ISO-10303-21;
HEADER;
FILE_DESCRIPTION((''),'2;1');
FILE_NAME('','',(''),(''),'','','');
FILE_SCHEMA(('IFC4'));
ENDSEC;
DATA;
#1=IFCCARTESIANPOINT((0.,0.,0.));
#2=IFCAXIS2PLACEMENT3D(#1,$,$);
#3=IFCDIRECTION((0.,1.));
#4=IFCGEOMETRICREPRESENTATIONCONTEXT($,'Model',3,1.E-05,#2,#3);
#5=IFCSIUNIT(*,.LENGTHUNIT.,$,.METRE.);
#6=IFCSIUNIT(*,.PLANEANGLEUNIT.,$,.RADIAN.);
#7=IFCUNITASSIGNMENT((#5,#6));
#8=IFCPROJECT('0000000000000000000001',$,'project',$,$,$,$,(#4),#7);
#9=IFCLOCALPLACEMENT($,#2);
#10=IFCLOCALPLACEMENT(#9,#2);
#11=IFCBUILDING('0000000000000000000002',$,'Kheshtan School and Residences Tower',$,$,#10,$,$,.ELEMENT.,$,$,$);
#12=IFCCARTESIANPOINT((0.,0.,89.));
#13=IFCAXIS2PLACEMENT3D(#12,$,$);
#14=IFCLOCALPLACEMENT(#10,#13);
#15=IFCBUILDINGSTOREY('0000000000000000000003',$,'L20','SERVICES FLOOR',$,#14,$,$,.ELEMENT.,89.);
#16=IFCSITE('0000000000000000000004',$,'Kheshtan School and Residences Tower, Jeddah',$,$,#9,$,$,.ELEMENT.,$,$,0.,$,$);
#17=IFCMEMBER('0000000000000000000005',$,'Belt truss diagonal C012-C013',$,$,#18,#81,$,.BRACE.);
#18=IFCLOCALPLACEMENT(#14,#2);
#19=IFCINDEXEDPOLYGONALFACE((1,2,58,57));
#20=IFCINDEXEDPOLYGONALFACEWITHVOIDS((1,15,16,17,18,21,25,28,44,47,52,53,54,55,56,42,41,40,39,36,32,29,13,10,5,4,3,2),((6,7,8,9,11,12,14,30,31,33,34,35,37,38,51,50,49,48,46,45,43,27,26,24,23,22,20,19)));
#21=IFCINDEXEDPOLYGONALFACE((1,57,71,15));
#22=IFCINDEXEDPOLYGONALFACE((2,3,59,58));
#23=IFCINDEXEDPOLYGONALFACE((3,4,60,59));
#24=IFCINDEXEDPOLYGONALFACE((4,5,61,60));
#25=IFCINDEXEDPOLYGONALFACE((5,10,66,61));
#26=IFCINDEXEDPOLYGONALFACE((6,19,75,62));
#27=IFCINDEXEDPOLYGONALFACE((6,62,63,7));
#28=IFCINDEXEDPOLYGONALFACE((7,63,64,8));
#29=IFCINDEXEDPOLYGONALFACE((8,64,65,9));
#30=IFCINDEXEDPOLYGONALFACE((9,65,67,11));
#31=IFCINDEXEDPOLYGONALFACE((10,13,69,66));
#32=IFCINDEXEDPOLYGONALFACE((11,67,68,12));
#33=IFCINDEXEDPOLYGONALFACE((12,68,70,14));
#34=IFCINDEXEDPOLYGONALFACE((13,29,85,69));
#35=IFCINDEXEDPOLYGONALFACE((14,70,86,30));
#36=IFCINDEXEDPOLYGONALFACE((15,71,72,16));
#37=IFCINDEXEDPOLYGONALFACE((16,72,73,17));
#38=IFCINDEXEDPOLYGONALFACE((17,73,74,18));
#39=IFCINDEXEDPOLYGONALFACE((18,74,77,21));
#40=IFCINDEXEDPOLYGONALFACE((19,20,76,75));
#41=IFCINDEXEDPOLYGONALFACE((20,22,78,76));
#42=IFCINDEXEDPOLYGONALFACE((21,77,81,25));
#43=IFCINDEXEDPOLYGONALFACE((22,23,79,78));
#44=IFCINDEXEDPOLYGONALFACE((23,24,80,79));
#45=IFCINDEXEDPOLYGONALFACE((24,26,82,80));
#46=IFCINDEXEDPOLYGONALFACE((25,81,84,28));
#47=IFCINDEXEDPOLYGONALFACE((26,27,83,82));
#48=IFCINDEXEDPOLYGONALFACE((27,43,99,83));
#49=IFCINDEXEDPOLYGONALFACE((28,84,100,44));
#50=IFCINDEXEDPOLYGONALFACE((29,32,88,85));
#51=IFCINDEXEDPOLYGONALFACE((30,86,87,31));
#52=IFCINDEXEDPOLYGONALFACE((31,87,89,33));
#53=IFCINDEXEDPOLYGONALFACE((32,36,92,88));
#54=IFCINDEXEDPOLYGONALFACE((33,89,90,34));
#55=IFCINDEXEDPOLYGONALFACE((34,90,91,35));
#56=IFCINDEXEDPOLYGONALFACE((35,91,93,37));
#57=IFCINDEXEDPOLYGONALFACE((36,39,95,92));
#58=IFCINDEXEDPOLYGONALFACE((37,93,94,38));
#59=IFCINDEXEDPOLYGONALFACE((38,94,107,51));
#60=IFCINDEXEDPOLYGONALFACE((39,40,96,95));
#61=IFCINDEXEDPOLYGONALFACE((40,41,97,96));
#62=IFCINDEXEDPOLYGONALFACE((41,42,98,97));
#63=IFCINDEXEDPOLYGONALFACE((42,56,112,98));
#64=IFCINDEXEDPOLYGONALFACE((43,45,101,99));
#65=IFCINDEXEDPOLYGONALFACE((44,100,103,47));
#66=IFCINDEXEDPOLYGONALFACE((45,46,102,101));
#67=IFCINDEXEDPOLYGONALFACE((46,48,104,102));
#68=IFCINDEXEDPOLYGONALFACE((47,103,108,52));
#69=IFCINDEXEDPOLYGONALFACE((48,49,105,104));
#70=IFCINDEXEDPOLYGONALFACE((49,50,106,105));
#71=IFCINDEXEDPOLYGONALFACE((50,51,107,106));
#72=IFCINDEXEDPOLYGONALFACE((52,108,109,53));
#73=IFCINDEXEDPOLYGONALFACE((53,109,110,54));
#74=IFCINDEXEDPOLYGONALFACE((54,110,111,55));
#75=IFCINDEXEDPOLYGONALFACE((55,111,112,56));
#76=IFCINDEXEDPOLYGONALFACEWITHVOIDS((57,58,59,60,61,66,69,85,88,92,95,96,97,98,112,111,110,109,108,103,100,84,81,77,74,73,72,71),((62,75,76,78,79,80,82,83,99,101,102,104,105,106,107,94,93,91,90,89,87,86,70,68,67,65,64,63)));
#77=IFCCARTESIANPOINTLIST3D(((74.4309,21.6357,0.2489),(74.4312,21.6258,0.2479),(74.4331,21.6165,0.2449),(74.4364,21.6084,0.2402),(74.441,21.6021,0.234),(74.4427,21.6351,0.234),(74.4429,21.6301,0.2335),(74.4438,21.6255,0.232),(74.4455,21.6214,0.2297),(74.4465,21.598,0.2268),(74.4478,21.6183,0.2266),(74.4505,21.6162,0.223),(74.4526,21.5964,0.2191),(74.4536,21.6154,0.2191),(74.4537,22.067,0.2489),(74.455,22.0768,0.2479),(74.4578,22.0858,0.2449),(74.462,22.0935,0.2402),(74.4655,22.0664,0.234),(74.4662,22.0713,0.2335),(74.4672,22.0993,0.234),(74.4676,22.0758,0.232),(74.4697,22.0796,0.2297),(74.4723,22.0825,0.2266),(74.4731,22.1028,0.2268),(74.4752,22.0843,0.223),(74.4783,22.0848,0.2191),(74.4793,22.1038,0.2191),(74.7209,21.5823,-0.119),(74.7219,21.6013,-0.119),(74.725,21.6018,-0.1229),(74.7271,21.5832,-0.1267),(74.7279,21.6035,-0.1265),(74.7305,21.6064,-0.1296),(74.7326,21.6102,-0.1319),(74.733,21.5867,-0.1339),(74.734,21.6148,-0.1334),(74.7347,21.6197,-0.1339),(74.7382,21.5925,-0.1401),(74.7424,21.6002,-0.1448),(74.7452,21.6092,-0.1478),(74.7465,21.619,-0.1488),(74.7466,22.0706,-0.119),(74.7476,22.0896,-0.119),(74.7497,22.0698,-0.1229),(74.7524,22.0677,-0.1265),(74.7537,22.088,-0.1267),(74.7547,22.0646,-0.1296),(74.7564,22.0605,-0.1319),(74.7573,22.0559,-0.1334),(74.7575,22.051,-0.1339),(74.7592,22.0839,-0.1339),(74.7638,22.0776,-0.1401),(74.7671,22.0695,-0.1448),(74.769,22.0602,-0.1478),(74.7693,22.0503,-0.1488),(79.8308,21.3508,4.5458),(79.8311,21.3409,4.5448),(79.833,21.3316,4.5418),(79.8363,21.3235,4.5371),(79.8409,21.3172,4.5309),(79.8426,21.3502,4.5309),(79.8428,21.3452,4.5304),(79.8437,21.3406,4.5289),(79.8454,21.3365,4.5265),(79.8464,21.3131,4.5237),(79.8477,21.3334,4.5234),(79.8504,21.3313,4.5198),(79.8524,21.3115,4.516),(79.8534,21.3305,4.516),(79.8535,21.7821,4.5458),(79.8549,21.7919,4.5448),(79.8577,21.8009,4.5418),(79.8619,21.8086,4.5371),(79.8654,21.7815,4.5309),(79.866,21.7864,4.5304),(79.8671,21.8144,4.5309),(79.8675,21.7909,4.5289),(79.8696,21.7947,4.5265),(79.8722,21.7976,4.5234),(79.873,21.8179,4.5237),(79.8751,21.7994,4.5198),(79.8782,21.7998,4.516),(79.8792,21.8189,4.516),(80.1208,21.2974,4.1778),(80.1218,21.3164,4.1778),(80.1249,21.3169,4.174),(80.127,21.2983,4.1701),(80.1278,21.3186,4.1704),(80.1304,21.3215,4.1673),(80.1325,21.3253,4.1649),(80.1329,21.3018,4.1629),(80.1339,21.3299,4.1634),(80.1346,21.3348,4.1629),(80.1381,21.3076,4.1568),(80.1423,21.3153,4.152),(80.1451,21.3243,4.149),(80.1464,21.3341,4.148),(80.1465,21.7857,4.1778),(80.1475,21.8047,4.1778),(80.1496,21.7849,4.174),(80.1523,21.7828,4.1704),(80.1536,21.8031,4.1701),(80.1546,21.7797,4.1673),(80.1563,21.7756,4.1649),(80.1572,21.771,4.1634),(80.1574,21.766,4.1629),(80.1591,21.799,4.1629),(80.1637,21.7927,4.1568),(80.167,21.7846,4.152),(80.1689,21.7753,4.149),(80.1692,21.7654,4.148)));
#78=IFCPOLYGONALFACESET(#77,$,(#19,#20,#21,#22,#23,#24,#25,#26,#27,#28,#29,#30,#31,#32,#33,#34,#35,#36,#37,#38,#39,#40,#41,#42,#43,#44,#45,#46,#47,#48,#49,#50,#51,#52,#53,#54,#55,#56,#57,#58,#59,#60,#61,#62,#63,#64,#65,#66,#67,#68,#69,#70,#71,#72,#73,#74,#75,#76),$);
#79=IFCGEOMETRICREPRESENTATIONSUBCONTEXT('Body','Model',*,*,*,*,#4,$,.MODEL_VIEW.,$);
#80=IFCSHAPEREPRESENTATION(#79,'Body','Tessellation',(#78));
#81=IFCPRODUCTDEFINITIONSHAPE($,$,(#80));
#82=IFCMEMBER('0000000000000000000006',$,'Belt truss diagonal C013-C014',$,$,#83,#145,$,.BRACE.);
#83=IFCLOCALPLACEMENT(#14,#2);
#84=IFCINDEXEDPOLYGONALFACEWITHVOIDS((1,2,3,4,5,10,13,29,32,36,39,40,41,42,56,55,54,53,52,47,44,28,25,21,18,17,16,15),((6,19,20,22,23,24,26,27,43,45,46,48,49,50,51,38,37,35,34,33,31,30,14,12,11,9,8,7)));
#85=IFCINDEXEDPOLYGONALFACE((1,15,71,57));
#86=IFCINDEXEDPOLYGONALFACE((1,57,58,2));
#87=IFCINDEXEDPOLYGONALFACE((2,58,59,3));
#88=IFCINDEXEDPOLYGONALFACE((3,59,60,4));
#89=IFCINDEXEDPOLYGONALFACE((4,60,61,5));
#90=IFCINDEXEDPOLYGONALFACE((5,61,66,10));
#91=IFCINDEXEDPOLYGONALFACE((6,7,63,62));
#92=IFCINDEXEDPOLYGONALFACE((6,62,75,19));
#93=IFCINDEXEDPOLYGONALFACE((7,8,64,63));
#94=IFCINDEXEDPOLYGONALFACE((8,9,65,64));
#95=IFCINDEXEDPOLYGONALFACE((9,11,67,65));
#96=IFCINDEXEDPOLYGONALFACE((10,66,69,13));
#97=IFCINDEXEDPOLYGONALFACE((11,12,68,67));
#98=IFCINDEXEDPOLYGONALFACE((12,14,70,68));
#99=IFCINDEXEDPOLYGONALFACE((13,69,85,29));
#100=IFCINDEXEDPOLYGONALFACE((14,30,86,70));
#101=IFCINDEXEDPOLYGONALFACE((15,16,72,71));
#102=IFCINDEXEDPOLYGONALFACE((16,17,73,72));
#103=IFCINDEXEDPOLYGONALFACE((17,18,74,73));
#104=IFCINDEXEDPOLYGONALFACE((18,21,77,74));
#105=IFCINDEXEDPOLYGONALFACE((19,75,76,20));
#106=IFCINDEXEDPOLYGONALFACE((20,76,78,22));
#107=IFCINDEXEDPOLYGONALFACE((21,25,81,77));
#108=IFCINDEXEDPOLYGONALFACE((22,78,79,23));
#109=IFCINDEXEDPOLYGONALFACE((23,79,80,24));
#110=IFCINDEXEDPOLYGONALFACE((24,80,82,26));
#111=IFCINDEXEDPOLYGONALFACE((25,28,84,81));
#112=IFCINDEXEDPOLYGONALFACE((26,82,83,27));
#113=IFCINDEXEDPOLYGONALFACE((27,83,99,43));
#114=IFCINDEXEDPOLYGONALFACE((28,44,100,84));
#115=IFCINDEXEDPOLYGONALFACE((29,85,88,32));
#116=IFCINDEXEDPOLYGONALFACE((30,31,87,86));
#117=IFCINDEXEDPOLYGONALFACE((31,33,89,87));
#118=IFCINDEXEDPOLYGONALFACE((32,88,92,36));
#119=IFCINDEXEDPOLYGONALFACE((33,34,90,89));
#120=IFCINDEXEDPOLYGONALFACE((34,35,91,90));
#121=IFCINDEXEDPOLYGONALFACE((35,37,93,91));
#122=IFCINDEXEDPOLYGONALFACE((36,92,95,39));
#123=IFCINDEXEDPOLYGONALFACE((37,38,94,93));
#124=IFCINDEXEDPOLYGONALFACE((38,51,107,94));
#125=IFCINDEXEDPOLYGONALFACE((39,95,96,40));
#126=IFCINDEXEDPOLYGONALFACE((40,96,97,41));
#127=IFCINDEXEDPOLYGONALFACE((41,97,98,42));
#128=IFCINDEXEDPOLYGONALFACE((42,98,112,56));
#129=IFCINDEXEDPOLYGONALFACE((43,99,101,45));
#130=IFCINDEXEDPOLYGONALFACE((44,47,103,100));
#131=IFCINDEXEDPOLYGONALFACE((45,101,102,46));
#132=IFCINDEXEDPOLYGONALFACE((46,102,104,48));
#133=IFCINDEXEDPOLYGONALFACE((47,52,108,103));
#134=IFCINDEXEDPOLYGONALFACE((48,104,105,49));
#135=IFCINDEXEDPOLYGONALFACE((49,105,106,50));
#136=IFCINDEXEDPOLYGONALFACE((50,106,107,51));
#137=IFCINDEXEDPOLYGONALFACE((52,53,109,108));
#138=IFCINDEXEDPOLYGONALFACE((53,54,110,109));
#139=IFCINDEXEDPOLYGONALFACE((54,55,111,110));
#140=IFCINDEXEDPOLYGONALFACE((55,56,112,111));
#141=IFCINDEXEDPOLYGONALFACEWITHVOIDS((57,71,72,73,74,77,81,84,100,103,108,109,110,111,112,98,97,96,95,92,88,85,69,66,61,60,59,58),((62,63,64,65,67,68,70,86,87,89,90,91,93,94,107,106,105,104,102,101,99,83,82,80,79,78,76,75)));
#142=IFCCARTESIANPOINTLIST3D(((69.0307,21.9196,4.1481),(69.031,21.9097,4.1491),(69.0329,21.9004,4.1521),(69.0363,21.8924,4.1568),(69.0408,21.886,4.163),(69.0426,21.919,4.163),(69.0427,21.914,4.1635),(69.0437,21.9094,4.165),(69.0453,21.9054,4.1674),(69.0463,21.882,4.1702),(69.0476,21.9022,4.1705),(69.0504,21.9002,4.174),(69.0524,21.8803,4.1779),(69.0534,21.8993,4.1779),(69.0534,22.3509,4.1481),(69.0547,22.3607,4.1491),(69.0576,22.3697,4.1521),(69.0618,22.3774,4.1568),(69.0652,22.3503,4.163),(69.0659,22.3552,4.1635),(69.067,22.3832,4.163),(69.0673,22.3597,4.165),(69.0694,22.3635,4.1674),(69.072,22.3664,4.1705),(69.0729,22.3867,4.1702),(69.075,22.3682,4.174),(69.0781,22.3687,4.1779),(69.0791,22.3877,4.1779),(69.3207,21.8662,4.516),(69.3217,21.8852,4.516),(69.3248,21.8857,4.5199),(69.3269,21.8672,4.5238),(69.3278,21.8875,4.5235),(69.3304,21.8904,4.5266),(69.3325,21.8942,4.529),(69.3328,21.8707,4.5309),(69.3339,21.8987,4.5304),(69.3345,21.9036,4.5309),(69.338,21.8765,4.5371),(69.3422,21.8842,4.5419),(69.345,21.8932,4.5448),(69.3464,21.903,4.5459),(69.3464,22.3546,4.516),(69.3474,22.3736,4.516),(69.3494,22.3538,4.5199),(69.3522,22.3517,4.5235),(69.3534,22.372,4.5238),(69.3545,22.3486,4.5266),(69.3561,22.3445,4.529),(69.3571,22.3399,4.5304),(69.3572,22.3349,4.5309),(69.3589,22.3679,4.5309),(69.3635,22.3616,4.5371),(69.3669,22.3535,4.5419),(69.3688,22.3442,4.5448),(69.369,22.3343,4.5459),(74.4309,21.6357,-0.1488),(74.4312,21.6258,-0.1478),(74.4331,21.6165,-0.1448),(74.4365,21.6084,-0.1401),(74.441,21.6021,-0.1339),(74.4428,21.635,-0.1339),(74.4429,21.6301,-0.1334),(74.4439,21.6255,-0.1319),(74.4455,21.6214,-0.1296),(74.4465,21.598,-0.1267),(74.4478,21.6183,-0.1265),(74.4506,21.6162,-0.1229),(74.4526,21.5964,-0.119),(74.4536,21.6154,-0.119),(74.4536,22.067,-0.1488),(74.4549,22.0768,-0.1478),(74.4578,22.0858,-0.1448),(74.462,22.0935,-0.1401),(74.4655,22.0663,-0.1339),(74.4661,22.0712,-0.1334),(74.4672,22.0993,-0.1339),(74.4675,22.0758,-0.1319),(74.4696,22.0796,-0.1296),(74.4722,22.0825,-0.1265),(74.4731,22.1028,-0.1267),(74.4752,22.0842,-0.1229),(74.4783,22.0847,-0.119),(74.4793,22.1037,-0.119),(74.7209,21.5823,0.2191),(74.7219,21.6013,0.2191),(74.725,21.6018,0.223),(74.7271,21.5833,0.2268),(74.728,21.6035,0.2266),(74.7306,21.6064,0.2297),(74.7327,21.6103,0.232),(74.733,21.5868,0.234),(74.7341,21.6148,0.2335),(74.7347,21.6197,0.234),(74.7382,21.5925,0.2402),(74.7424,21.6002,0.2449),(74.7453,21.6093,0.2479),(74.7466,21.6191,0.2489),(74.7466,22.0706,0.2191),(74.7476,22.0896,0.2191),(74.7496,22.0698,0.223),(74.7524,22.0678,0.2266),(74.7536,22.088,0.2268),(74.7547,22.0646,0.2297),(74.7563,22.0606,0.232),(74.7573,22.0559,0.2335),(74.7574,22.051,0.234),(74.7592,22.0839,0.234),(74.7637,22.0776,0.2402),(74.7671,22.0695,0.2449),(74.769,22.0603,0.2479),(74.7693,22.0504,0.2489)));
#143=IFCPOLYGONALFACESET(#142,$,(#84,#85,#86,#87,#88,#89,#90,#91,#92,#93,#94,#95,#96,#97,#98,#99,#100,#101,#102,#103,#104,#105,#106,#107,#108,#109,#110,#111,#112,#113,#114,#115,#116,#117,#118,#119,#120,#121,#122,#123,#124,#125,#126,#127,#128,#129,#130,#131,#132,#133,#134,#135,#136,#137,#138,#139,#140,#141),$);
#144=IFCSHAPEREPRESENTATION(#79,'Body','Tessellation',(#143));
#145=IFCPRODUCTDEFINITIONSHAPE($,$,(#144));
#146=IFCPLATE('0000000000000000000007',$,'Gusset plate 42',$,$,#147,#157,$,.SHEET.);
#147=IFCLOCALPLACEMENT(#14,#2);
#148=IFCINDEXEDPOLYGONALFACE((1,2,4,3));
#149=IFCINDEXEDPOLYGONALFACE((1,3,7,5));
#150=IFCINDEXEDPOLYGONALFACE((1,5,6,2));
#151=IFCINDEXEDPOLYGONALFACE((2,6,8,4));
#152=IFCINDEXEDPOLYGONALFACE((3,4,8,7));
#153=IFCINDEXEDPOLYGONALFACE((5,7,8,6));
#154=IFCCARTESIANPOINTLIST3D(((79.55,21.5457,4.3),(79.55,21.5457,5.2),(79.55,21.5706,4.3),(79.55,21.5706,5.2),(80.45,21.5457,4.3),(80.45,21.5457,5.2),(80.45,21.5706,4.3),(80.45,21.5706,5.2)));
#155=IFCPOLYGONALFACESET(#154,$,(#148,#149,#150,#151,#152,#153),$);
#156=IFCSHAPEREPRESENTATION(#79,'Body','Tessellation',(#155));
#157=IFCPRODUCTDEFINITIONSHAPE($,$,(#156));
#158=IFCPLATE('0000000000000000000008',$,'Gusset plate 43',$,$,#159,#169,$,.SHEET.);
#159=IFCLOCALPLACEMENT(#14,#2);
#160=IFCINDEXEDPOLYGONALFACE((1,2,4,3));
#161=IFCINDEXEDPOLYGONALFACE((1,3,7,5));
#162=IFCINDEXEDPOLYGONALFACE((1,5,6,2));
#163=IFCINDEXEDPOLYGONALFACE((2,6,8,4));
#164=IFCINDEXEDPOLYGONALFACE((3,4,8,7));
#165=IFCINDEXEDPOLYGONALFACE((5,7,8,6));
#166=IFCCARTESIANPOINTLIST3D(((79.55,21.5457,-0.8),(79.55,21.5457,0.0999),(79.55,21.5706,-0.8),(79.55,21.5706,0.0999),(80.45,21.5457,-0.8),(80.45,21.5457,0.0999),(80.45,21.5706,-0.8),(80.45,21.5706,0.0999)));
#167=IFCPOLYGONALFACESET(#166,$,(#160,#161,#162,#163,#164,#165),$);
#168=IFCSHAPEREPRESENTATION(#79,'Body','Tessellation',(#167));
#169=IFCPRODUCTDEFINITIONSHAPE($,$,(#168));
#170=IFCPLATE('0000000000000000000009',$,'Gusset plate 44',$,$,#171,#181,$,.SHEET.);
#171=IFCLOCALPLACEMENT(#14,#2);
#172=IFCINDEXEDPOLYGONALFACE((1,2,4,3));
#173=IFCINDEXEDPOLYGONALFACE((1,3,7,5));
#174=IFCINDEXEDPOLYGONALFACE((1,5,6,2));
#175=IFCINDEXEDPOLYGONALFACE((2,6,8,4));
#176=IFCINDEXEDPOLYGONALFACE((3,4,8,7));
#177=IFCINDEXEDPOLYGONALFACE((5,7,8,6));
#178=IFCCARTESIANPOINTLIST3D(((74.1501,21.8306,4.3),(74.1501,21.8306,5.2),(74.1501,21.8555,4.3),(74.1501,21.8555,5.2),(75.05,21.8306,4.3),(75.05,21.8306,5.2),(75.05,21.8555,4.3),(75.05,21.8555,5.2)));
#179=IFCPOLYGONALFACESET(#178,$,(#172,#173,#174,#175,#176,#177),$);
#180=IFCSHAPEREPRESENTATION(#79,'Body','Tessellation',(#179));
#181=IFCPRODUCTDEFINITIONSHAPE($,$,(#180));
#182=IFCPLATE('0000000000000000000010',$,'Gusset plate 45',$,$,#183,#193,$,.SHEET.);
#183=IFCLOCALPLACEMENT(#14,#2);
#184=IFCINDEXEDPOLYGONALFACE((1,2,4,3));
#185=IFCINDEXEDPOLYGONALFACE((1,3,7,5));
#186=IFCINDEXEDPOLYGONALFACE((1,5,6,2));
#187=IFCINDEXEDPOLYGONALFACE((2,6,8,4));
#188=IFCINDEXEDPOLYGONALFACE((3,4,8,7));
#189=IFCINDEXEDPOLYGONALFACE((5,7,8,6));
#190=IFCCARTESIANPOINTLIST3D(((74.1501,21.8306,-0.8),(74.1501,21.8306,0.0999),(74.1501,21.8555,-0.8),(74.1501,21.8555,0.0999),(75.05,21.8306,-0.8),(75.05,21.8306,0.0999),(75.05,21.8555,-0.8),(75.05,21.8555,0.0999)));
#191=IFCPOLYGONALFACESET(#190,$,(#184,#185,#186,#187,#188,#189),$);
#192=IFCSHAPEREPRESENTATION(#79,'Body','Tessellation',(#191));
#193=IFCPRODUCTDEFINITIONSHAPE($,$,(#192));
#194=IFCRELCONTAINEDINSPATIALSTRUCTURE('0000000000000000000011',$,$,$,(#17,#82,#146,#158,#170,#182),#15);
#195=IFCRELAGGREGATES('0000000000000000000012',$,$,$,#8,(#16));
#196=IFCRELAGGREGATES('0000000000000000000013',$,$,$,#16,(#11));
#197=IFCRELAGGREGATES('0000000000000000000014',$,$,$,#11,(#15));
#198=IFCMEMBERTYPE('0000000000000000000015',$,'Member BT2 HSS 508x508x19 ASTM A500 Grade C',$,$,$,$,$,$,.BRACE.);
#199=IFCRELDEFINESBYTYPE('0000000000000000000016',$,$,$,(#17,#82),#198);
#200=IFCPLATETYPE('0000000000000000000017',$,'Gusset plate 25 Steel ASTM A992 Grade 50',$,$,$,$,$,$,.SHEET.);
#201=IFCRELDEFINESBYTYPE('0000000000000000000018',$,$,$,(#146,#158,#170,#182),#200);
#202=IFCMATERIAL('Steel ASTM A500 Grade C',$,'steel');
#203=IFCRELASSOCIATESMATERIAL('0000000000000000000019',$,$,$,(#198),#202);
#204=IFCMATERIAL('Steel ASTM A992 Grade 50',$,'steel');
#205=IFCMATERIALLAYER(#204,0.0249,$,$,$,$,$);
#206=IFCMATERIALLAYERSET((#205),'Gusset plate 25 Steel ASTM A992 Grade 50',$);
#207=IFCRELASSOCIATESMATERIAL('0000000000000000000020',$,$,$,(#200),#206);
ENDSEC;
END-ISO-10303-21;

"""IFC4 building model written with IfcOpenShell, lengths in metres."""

from ifc_helpers import new_model, si_unit, direction, frame, origin, origin_2d, place, context, subcontext, project, spatial, rectangle, hollow_rectangle, extrude, material, layer, layer_set, material_profile, profile_set, type_object, element, save


model = new_model("IFC4")

# Units and contexts
model_context = context("Model", 3, precision=1e-05, world=origin(), true_north=direction((0.0, 1.0)))
body_context = subcontext(model_context, "Body", "Model", "MODEL_VIEW")
ifc_project = project(units=[si_unit("LENGTHUNIT", "METRE"), si_unit("PLANEANGLEUNIT", "RADIAN")], contexts=[model_context])

# Site, building, storey
site_placement = place(None, origin())
site = spatial("IfcSite", under=ifc_project, at=site_placement, Name="Kheshtan School and Residences Tower, Jeddah", CompositionType="ELEMENT", RefElevation=0.0)
building_placement = place(site_placement, origin())
building = spatial("IfcBuilding", under=site, at=building_placement, Name="Kheshtan School and Residences Tower", CompositionType="ELEMENT")
storey_placement = place(building_placement, frame((0.0, 0.0, 89.0)))
storey = spatial("IfcBuildingStorey", under=building, at=storey_placement, Name="L20", Description="SERVICES FLOOR", CompositionType="ELEMENT", Elevation=89.0)

# Shared definitions
ifc_material_1 = material(Name="Steel ASTM A992 Grade 50", Category="steel")

# Members
ifc_material_2 = material(Name="Steel ASTM A500 Grade C", Category="steel")
ifc_material_profile_1 = material_profile(ifc_material_2, hollow_rectangle(XDim=0.5081, YDim=0.5081, WallThickness=0.019, InnerFilletRadius=0.019, OuterFilletRadius=0.0381, at=origin_2d()), Name="HSS 508x508x19")
ifc_profile_set_1 = profile_set([ifc_material_profile_1], Name="Steel ASTM A500 Grade C")
member_type = type_object("IfcMemberType", Name="Member BT2 HSS 508x508x19 ASTM A500 Grade C", PredefinedType="BRACE", material=ifc_profile_set_1)
member_1_placement = place(storey_placement, frame((74.6001, 21.843, 0.05), z_axis=(0.781829, -0.041251, 0.622127), x_axis=(0.052689, 0.998611, 0.0)))
element("IfcMember", 1, at=member_1_placement, inside=storey, type_object=member_type, Name="Belt truss diagonal C012-C013", PredefinedType="BRACE", context=body_context, shape_type="SweptSolid", body=[
    extrude(hollow_rectangle(XDim=0.5081, YDim=0.5081, WallThickness=0.019, InnerFilletRadius=0.019, OuterFilletRadius=0.0381, at=origin_2d()), origin(), (0.0, 0.0, 1.0), 6.9067),
])
member_2_placement = place(storey_placement, frame((74.6001, 21.843, 0.05), z_axis=(-0.781848, 0.041109, 0.622113), x_axis=(-0.052507, -0.998621, 0.0)))
element("IfcMember", 2, at=member_2_placement, inside=storey, type_object=member_type, Name="Belt truss diagonal C013-C014", PredefinedType="BRACE", context=body_context, shape_type="SweptSolid", body=[
    extrude(hollow_rectangle(XDim=0.5081, YDim=0.5081, WallThickness=0.019, InnerFilletRadius=0.019, OuterFilletRadius=0.0381, at=origin_2d()), origin(), (0.0, 0.0, 1.0), 6.907),
])

# Plates
ifc_layer_1 = layer(ifc_material_1, 0.0249)
ifc_layer_set_1 = layer_set([ifc_layer_1], Name="Gusset plate 25 Steel ASTM A992 Grade 50")
plate_type = type_object("IfcPlateType", Name="Gusset plate 25 Steel ASTM A992 Grade 50", PredefinedType="SHEET", material=ifc_layer_set_1)
for number, where, z_axis, x_axis, name in (
    (3, (80.0, 21.5581, 4.3), (0.0, 0.0, 1.0), (1.0, 0.0, 0.0), "Gusset plate 42"),
    (4, (80.0, 21.5581, -0.8), (0.0, 0.0, 1.0), (1.0, 0.0, 0.0), "Gusset plate 43"),
    (5, (74.6001, 21.843, 4.3), (0.0, 0.0, 1.0), (1.0, 0.0, 0.0), "Gusset plate 44"),
    (6, (74.6001, 21.843, -0.8), (0.0, 0.0, 1.0), (1.0, 0.0, 0.0), "Gusset plate 45"),
):
    element("IfcPlate", number, at=place(storey_placement, frame(where, z_axis=z_axis, x_axis=x_axis)), inside=storey, type_object=plate_type, Name=name, PredefinedType="SHEET", context=body_context, shape_type="SweptSolid", body=[
        extrude(rectangle(XDim=0.8999, YDim=0.0249, at=origin_2d()), origin(), (0.0, 0.0, 1.0), 0.8999),
    ])

save(model, "model.ifc")
